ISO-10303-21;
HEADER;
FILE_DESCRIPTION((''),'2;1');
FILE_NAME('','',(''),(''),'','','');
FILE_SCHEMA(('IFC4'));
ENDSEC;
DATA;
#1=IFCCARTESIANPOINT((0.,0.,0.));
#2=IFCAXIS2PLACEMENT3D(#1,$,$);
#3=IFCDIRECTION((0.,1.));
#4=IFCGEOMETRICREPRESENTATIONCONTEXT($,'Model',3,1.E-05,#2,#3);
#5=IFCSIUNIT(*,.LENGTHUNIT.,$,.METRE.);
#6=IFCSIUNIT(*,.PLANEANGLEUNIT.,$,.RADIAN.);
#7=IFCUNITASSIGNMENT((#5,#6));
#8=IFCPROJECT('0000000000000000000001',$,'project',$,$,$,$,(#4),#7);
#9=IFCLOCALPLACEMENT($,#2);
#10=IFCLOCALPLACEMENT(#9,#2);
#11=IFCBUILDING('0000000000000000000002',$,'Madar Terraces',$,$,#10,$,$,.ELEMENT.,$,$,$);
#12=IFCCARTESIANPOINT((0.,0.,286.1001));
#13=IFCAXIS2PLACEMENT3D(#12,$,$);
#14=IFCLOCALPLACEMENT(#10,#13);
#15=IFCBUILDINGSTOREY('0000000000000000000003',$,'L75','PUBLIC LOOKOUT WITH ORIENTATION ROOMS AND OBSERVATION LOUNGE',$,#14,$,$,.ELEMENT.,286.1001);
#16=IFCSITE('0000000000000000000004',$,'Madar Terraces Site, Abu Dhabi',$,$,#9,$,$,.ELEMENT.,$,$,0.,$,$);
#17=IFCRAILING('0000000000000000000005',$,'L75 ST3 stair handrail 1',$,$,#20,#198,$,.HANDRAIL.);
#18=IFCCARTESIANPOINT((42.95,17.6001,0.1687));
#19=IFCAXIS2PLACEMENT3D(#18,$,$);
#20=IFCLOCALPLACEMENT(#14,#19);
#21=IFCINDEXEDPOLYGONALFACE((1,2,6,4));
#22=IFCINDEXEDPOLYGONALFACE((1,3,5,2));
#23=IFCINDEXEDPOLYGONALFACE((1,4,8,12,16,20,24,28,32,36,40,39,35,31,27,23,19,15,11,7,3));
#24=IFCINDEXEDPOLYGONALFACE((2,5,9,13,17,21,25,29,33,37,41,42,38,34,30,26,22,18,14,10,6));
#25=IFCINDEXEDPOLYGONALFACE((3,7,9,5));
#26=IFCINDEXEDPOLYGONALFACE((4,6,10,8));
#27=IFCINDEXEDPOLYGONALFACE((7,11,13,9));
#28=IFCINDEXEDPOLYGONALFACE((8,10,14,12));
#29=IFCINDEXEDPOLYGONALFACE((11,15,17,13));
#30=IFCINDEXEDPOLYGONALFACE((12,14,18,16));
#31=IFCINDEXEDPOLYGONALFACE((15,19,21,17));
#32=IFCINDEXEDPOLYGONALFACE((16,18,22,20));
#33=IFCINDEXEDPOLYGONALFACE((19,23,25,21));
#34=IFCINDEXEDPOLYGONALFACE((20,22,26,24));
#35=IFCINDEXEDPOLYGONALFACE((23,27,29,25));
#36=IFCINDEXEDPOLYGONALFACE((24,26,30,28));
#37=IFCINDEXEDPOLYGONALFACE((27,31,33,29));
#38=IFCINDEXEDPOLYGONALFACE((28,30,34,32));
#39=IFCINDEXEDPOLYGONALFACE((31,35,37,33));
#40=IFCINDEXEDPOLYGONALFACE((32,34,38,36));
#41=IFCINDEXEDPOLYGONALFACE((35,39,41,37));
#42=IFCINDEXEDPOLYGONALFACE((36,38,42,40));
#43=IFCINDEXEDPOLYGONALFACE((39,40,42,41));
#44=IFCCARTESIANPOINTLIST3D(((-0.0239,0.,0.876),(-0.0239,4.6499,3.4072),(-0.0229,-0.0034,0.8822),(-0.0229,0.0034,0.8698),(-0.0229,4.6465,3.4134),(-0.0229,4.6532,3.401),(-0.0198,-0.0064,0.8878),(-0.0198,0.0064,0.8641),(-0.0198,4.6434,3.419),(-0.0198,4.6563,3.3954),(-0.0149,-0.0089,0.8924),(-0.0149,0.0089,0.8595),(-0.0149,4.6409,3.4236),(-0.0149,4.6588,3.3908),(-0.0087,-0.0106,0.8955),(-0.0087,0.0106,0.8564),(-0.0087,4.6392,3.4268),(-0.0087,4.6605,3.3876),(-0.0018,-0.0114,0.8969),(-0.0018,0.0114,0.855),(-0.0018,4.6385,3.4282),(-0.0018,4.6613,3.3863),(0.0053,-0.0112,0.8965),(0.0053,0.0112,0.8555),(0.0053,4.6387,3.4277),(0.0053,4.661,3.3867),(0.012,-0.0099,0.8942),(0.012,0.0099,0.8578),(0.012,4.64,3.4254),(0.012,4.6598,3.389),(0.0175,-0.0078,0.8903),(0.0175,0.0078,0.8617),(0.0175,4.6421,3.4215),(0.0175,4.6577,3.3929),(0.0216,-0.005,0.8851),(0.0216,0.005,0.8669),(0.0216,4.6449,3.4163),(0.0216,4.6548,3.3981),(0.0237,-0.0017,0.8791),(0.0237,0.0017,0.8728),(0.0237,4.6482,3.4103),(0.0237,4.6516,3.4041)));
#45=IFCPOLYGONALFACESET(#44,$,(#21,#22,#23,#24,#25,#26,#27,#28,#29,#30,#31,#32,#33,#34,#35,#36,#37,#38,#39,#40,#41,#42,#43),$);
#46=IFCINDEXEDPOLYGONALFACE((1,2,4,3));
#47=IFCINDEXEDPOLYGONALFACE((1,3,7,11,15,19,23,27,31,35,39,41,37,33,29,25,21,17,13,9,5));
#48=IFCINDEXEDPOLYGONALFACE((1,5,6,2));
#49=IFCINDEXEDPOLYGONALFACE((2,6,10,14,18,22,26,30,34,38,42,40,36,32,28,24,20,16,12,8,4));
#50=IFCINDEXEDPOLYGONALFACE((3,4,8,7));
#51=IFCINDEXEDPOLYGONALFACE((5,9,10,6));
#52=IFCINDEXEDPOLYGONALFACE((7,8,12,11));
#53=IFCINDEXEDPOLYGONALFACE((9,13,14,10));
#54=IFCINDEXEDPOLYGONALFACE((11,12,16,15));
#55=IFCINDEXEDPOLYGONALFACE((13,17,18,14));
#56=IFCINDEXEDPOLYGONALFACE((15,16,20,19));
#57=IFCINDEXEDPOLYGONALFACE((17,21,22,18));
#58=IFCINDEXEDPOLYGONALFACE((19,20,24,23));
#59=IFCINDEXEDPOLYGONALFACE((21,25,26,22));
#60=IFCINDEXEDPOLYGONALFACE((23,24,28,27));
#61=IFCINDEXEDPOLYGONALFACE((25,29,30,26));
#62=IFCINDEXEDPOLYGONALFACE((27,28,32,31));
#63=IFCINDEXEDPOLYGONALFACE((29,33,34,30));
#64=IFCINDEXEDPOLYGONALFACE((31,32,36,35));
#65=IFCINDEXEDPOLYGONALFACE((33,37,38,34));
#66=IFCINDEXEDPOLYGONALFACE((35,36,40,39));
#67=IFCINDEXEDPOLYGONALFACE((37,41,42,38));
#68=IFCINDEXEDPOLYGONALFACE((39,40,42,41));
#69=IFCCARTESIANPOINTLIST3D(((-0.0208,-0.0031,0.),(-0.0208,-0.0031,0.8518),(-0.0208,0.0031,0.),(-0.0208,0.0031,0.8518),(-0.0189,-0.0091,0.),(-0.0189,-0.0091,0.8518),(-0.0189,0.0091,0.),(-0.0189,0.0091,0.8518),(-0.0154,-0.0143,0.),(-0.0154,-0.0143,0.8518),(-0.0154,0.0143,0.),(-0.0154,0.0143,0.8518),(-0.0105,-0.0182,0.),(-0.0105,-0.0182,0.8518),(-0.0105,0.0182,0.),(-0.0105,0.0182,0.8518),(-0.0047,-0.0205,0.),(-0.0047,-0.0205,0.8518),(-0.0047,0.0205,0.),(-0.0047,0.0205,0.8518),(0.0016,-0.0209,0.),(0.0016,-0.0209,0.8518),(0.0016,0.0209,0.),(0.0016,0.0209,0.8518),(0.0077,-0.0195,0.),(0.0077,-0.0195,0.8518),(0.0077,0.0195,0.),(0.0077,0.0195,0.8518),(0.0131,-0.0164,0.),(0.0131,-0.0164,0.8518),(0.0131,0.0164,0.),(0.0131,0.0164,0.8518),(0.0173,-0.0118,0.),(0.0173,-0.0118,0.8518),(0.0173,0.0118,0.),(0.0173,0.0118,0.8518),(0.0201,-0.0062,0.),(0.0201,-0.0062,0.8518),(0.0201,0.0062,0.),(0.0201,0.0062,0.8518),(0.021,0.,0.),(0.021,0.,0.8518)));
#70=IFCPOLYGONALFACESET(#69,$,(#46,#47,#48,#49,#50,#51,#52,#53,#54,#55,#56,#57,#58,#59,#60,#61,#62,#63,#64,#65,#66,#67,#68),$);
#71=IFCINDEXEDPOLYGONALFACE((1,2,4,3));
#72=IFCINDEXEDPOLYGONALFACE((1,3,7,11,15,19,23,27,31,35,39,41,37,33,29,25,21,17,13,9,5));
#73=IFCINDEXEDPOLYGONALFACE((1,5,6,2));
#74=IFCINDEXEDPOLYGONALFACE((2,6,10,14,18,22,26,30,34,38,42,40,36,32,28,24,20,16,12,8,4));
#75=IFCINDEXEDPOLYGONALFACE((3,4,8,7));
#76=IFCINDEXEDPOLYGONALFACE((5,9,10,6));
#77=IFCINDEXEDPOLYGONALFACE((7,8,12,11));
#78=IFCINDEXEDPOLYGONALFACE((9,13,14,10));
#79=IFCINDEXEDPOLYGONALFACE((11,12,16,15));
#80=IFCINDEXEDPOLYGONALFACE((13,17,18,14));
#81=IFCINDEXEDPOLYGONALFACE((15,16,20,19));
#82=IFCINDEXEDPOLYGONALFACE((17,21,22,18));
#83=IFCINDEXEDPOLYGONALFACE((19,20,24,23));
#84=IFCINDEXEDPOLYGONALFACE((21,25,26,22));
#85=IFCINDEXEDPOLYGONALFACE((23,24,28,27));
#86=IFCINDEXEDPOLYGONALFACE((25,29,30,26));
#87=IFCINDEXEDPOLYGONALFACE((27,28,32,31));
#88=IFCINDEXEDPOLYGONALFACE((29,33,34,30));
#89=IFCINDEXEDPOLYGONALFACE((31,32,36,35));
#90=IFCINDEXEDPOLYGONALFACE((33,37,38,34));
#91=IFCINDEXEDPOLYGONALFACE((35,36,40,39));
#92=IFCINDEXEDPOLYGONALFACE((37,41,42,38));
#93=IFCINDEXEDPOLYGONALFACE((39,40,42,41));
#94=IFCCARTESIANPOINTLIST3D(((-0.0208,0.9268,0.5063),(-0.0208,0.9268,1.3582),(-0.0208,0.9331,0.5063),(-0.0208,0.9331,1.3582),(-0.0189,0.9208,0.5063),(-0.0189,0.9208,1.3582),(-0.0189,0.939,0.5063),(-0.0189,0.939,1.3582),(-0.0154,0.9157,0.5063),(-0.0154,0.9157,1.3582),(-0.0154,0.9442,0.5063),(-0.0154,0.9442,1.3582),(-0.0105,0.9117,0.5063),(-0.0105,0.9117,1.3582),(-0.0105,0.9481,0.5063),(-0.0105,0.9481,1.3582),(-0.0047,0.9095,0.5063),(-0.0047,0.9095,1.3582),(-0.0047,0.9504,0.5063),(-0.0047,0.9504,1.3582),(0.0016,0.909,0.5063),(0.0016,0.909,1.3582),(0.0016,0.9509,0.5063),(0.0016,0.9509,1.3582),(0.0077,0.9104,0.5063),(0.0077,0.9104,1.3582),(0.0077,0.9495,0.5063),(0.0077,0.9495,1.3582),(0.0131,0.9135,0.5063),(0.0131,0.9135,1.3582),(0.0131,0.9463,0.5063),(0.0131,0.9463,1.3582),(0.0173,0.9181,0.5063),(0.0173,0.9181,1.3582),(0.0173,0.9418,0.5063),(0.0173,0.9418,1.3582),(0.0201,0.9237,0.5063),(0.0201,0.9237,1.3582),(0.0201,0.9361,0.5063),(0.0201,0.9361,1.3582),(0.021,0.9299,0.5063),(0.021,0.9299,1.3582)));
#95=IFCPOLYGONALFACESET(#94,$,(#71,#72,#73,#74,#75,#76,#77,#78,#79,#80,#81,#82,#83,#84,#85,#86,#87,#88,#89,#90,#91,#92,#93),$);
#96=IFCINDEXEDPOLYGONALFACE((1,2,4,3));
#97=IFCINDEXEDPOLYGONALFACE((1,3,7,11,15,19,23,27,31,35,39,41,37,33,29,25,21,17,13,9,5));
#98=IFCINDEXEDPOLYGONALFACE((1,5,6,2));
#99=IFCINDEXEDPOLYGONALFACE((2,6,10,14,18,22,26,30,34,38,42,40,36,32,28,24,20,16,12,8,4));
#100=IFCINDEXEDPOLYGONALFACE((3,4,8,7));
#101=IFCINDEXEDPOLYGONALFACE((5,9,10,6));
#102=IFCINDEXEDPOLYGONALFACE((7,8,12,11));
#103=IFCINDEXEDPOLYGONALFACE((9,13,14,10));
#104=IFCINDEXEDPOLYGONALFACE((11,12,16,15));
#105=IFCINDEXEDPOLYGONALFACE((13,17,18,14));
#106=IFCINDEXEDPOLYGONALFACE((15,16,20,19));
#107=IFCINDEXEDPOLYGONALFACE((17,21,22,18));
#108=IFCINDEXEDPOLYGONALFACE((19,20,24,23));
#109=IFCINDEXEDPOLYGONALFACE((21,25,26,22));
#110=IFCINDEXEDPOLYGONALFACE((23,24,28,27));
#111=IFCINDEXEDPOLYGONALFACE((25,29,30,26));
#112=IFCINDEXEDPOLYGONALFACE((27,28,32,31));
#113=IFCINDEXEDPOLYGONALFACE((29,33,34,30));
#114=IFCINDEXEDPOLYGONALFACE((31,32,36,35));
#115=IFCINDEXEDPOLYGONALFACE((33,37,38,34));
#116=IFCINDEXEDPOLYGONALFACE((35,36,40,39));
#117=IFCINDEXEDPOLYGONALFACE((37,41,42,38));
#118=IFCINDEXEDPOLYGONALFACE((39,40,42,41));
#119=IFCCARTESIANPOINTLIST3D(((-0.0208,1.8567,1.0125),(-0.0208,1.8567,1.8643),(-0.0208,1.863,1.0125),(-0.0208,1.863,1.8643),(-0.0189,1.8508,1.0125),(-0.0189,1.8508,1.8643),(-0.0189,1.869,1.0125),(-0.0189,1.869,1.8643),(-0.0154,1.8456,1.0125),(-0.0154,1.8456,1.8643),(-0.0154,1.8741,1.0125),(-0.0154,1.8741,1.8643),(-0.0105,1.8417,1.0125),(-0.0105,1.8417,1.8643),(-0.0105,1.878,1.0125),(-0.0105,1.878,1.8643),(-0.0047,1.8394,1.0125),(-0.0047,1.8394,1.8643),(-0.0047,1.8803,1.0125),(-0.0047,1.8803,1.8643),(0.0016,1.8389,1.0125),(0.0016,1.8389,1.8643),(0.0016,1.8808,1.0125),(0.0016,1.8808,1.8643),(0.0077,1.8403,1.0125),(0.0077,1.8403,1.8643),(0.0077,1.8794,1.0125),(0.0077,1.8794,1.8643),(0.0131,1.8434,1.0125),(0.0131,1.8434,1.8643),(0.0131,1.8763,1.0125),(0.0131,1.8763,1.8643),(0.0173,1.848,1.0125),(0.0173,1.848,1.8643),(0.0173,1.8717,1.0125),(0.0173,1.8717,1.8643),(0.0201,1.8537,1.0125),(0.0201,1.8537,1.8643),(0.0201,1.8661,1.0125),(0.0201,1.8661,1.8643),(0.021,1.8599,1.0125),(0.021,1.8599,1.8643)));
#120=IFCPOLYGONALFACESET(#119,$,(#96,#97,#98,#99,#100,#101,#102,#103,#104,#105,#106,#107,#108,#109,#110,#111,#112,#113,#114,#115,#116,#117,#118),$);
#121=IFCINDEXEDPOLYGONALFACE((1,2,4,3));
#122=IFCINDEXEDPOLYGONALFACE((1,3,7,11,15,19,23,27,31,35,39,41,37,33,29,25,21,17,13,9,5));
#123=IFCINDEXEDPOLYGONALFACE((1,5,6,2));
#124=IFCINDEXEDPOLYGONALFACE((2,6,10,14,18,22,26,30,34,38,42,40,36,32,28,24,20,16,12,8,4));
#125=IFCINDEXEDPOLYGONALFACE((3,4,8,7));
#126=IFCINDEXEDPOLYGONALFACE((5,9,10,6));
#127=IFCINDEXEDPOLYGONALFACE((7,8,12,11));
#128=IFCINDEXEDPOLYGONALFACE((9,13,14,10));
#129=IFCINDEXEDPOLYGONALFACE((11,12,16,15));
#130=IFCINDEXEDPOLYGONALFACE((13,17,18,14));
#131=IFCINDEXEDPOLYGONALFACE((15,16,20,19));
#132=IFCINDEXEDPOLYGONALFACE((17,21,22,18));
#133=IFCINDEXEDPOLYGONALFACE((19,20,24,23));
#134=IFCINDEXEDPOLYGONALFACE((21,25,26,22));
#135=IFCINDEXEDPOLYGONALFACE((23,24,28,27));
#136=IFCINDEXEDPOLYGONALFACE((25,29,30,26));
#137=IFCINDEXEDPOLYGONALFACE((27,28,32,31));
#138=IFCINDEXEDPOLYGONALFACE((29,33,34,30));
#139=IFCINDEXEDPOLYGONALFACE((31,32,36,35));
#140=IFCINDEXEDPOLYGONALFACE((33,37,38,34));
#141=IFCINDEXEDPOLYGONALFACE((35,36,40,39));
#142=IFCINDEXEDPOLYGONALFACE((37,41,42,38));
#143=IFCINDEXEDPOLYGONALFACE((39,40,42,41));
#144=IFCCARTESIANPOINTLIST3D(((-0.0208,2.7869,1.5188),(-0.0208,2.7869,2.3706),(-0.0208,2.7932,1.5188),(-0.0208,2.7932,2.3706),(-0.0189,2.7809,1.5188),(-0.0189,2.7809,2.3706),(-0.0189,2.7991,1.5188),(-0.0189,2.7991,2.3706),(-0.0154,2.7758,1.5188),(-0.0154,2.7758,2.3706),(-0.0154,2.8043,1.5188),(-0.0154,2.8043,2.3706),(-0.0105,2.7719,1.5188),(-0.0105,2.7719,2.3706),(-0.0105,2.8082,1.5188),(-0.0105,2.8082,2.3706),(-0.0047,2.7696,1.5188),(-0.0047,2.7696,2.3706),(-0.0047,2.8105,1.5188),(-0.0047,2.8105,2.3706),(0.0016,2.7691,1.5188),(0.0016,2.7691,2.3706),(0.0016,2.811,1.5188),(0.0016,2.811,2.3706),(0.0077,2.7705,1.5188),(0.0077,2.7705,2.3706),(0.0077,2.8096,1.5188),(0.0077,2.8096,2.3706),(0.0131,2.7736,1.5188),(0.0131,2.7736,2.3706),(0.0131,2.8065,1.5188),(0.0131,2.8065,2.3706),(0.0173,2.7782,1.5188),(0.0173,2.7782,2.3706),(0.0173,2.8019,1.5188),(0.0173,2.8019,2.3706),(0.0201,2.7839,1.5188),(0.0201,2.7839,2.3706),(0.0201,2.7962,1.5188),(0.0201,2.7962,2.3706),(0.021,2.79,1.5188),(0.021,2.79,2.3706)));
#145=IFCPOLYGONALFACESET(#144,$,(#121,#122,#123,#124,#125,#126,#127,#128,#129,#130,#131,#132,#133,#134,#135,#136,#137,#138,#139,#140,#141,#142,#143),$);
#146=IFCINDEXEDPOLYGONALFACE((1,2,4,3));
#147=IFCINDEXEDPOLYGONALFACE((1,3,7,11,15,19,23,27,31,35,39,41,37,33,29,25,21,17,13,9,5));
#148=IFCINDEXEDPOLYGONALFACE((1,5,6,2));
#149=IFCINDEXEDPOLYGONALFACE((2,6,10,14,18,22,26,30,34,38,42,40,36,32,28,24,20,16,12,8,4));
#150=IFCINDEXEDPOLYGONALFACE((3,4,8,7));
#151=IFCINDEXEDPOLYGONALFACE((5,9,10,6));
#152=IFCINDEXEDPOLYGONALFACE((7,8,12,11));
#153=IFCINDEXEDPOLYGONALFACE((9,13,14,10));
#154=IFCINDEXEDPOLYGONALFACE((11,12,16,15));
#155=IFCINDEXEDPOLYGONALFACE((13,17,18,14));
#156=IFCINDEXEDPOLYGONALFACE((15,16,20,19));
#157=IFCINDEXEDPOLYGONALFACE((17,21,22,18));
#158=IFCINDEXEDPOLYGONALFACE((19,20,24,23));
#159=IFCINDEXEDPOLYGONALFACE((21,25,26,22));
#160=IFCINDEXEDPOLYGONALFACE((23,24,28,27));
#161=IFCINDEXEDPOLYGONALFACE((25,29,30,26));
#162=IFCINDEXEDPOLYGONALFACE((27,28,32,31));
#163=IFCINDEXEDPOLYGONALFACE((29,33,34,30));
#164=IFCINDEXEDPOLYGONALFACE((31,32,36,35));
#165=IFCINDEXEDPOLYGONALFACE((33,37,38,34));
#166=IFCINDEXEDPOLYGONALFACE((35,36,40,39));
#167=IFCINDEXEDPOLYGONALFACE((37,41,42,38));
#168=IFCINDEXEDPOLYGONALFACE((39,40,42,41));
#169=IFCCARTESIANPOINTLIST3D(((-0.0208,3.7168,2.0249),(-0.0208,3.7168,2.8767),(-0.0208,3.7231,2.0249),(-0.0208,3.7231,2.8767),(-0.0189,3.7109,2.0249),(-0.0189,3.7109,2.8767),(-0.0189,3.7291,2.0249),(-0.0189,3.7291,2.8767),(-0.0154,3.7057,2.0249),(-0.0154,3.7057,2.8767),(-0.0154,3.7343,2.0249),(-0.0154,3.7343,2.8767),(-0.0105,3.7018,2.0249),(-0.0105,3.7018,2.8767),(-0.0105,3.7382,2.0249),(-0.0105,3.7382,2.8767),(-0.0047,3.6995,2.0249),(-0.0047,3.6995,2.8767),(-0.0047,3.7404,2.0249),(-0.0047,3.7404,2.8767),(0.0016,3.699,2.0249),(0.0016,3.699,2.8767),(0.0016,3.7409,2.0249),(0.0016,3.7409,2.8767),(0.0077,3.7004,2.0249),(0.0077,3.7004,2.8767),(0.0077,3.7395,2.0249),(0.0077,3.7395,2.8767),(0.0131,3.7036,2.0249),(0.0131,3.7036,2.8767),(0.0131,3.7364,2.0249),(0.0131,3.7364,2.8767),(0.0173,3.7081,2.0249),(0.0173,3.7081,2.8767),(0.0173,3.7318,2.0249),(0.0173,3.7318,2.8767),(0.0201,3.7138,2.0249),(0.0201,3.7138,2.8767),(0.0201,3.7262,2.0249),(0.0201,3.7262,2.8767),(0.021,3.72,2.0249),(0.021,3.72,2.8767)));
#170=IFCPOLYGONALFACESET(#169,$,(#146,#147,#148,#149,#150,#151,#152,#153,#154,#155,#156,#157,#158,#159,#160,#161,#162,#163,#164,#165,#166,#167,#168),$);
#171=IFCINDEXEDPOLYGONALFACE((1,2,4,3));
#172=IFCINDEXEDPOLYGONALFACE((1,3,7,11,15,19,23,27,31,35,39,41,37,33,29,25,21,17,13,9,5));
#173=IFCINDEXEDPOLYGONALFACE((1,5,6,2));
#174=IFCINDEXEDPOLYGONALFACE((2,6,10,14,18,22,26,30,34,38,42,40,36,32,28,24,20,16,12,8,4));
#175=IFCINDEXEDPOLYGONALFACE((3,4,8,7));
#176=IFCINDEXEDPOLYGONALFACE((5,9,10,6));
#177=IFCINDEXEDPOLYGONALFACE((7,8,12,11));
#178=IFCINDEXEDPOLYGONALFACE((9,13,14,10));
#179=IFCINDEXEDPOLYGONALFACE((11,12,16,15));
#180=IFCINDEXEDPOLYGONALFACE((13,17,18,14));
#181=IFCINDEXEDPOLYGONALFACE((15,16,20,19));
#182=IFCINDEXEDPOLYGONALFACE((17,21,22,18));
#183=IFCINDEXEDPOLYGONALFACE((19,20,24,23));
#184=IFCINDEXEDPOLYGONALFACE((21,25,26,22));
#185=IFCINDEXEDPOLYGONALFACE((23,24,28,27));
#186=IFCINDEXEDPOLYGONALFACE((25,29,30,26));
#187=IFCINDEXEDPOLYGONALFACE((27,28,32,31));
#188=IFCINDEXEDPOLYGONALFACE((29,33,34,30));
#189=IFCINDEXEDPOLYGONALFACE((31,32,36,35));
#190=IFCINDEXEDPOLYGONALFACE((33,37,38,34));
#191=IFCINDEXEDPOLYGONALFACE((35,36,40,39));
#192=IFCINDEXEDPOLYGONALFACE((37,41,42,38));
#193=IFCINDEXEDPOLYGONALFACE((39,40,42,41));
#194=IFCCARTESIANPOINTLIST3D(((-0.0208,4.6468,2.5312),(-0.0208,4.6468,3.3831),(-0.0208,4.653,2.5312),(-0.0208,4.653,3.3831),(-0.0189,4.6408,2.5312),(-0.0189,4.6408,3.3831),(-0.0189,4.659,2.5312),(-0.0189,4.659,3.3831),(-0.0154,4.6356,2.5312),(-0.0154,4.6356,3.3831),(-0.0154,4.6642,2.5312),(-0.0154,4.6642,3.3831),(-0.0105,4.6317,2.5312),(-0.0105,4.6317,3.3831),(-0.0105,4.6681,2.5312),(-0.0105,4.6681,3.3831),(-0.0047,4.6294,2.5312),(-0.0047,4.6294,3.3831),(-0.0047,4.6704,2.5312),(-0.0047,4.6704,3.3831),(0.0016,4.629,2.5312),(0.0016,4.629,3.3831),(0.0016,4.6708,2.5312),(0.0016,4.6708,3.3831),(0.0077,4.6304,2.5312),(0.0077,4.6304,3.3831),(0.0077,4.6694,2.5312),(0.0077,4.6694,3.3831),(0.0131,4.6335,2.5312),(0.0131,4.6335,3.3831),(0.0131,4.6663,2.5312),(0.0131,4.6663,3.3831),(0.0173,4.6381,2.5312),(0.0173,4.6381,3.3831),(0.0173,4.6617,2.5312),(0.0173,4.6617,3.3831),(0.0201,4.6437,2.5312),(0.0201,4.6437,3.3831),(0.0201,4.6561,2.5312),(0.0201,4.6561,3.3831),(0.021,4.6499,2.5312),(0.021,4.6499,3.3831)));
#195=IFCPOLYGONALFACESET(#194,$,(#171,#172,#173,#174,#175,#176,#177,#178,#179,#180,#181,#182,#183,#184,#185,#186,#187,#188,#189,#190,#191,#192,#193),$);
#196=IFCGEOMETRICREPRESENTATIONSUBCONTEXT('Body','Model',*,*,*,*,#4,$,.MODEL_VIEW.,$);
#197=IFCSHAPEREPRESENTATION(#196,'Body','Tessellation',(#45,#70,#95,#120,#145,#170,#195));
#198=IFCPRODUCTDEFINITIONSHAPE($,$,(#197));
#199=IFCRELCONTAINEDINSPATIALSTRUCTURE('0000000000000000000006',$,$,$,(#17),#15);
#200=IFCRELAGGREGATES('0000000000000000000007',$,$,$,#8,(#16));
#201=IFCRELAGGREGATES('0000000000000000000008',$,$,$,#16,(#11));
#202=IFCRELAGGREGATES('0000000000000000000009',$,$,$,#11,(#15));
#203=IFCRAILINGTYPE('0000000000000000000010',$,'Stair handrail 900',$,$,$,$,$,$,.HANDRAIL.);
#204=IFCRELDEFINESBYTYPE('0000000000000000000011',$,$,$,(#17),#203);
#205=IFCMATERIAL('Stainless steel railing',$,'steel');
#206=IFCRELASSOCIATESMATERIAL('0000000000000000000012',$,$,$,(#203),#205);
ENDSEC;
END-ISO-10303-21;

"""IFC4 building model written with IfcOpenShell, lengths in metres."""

from ifc_helpers import new_model, si_unit, direction, frame, origin, origin_2d, place, context, subcontext, project, spatial, circle, extrude, material, type_object, element, save


model = new_model("IFC4")

# Units and contexts
model_context = context("Model", 3, precision=1e-05, world=origin(), true_north=direction((0.0, 1.0)))
body_context = subcontext(model_context, "Body", "Model", "MODEL_VIEW")
ifc_project = project(units=[si_unit("LENGTHUNIT", "METRE"), si_unit("PLANEANGLEUNIT", "RADIAN")], contexts=[model_context])

# Site, building, storey
site_placement = place(None, origin())
site = spatial("IfcSite", under=ifc_project, at=site_placement, Name="Madar Terraces Site, Abu Dhabi", CompositionType="ELEMENT", RefElevation=0.0)
building_placement = place(site_placement, origin())
building = spatial("IfcBuilding", under=site, at=building_placement, Name="Madar Terraces", CompositionType="ELEMENT")
storey_placement = place(building_placement, frame((0.0, 0.0, 286.1001)))
storey = spatial("IfcBuildingStorey", under=building, at=storey_placement, Name="L75", Description="PUBLIC LOOKOUT WITH ORIENTATION ROOMS AND OBSERVATION LOUNGE", CompositionType="ELEMENT", Elevation=286.1001)

# Railing
ifc_material_1 = material(Name="Stainless steel railing", Category="steel")
railing_type_1 = type_object("IfcRailingType", Name="Stair handrail 900", PredefinedType="HANDRAIL", material=ifc_material_1)
railing_1_placement = place(storey_placement, frame((42.95, 17.6001, 0.1687)))
element("IfcRailing", 1, at=railing_1_placement, inside=storey, type_object=railing_type_1, Name="L75 ST3 stair handrail 1", PredefinedType="HANDRAIL", context=body_context, shape_type="SweptSolid", body=[
    extrude(circle(Radius=0.0239, at=origin_2d()), frame((0.0, 0.0, 0.876), z_axis=(0.0, 0.878297, 0.478115), x_axis=(-1.0, 0.0, 0.0)), (0.0, 0.0, 1.0), 5.2942),
    extrude(circle(Radius=0.021, at=origin_2d()), origin(), (0.0, 0.0, 1.0), 0.8518),
    extrude(circle(Radius=0.021, at=origin_2d()), frame((0.0, 0.9299, 0.5063)), (0.0, 0.0, 1.0), 0.8518),
    extrude(circle(Radius=0.021, at=origin_2d()), frame((0.0, 1.8599, 1.0125)), (0.0, 0.0, 1.0), 0.8518),
    extrude(circle(Radius=0.021, at=origin_2d()), frame((0.0, 2.79, 1.5188)), (0.0, 0.0, 1.0), 0.8518),
    extrude(circle(Radius=0.021, at=origin_2d()), frame((0.0, 3.72, 2.0249)), (0.0, 0.0, 1.0), 0.8518),
    extrude(circle(Radius=0.021, at=origin_2d()), frame((0.0, 4.6499, 2.5312)), (0.0, 0.0, 1.0), 0.8518),
])

save(model, "model.ifc")
